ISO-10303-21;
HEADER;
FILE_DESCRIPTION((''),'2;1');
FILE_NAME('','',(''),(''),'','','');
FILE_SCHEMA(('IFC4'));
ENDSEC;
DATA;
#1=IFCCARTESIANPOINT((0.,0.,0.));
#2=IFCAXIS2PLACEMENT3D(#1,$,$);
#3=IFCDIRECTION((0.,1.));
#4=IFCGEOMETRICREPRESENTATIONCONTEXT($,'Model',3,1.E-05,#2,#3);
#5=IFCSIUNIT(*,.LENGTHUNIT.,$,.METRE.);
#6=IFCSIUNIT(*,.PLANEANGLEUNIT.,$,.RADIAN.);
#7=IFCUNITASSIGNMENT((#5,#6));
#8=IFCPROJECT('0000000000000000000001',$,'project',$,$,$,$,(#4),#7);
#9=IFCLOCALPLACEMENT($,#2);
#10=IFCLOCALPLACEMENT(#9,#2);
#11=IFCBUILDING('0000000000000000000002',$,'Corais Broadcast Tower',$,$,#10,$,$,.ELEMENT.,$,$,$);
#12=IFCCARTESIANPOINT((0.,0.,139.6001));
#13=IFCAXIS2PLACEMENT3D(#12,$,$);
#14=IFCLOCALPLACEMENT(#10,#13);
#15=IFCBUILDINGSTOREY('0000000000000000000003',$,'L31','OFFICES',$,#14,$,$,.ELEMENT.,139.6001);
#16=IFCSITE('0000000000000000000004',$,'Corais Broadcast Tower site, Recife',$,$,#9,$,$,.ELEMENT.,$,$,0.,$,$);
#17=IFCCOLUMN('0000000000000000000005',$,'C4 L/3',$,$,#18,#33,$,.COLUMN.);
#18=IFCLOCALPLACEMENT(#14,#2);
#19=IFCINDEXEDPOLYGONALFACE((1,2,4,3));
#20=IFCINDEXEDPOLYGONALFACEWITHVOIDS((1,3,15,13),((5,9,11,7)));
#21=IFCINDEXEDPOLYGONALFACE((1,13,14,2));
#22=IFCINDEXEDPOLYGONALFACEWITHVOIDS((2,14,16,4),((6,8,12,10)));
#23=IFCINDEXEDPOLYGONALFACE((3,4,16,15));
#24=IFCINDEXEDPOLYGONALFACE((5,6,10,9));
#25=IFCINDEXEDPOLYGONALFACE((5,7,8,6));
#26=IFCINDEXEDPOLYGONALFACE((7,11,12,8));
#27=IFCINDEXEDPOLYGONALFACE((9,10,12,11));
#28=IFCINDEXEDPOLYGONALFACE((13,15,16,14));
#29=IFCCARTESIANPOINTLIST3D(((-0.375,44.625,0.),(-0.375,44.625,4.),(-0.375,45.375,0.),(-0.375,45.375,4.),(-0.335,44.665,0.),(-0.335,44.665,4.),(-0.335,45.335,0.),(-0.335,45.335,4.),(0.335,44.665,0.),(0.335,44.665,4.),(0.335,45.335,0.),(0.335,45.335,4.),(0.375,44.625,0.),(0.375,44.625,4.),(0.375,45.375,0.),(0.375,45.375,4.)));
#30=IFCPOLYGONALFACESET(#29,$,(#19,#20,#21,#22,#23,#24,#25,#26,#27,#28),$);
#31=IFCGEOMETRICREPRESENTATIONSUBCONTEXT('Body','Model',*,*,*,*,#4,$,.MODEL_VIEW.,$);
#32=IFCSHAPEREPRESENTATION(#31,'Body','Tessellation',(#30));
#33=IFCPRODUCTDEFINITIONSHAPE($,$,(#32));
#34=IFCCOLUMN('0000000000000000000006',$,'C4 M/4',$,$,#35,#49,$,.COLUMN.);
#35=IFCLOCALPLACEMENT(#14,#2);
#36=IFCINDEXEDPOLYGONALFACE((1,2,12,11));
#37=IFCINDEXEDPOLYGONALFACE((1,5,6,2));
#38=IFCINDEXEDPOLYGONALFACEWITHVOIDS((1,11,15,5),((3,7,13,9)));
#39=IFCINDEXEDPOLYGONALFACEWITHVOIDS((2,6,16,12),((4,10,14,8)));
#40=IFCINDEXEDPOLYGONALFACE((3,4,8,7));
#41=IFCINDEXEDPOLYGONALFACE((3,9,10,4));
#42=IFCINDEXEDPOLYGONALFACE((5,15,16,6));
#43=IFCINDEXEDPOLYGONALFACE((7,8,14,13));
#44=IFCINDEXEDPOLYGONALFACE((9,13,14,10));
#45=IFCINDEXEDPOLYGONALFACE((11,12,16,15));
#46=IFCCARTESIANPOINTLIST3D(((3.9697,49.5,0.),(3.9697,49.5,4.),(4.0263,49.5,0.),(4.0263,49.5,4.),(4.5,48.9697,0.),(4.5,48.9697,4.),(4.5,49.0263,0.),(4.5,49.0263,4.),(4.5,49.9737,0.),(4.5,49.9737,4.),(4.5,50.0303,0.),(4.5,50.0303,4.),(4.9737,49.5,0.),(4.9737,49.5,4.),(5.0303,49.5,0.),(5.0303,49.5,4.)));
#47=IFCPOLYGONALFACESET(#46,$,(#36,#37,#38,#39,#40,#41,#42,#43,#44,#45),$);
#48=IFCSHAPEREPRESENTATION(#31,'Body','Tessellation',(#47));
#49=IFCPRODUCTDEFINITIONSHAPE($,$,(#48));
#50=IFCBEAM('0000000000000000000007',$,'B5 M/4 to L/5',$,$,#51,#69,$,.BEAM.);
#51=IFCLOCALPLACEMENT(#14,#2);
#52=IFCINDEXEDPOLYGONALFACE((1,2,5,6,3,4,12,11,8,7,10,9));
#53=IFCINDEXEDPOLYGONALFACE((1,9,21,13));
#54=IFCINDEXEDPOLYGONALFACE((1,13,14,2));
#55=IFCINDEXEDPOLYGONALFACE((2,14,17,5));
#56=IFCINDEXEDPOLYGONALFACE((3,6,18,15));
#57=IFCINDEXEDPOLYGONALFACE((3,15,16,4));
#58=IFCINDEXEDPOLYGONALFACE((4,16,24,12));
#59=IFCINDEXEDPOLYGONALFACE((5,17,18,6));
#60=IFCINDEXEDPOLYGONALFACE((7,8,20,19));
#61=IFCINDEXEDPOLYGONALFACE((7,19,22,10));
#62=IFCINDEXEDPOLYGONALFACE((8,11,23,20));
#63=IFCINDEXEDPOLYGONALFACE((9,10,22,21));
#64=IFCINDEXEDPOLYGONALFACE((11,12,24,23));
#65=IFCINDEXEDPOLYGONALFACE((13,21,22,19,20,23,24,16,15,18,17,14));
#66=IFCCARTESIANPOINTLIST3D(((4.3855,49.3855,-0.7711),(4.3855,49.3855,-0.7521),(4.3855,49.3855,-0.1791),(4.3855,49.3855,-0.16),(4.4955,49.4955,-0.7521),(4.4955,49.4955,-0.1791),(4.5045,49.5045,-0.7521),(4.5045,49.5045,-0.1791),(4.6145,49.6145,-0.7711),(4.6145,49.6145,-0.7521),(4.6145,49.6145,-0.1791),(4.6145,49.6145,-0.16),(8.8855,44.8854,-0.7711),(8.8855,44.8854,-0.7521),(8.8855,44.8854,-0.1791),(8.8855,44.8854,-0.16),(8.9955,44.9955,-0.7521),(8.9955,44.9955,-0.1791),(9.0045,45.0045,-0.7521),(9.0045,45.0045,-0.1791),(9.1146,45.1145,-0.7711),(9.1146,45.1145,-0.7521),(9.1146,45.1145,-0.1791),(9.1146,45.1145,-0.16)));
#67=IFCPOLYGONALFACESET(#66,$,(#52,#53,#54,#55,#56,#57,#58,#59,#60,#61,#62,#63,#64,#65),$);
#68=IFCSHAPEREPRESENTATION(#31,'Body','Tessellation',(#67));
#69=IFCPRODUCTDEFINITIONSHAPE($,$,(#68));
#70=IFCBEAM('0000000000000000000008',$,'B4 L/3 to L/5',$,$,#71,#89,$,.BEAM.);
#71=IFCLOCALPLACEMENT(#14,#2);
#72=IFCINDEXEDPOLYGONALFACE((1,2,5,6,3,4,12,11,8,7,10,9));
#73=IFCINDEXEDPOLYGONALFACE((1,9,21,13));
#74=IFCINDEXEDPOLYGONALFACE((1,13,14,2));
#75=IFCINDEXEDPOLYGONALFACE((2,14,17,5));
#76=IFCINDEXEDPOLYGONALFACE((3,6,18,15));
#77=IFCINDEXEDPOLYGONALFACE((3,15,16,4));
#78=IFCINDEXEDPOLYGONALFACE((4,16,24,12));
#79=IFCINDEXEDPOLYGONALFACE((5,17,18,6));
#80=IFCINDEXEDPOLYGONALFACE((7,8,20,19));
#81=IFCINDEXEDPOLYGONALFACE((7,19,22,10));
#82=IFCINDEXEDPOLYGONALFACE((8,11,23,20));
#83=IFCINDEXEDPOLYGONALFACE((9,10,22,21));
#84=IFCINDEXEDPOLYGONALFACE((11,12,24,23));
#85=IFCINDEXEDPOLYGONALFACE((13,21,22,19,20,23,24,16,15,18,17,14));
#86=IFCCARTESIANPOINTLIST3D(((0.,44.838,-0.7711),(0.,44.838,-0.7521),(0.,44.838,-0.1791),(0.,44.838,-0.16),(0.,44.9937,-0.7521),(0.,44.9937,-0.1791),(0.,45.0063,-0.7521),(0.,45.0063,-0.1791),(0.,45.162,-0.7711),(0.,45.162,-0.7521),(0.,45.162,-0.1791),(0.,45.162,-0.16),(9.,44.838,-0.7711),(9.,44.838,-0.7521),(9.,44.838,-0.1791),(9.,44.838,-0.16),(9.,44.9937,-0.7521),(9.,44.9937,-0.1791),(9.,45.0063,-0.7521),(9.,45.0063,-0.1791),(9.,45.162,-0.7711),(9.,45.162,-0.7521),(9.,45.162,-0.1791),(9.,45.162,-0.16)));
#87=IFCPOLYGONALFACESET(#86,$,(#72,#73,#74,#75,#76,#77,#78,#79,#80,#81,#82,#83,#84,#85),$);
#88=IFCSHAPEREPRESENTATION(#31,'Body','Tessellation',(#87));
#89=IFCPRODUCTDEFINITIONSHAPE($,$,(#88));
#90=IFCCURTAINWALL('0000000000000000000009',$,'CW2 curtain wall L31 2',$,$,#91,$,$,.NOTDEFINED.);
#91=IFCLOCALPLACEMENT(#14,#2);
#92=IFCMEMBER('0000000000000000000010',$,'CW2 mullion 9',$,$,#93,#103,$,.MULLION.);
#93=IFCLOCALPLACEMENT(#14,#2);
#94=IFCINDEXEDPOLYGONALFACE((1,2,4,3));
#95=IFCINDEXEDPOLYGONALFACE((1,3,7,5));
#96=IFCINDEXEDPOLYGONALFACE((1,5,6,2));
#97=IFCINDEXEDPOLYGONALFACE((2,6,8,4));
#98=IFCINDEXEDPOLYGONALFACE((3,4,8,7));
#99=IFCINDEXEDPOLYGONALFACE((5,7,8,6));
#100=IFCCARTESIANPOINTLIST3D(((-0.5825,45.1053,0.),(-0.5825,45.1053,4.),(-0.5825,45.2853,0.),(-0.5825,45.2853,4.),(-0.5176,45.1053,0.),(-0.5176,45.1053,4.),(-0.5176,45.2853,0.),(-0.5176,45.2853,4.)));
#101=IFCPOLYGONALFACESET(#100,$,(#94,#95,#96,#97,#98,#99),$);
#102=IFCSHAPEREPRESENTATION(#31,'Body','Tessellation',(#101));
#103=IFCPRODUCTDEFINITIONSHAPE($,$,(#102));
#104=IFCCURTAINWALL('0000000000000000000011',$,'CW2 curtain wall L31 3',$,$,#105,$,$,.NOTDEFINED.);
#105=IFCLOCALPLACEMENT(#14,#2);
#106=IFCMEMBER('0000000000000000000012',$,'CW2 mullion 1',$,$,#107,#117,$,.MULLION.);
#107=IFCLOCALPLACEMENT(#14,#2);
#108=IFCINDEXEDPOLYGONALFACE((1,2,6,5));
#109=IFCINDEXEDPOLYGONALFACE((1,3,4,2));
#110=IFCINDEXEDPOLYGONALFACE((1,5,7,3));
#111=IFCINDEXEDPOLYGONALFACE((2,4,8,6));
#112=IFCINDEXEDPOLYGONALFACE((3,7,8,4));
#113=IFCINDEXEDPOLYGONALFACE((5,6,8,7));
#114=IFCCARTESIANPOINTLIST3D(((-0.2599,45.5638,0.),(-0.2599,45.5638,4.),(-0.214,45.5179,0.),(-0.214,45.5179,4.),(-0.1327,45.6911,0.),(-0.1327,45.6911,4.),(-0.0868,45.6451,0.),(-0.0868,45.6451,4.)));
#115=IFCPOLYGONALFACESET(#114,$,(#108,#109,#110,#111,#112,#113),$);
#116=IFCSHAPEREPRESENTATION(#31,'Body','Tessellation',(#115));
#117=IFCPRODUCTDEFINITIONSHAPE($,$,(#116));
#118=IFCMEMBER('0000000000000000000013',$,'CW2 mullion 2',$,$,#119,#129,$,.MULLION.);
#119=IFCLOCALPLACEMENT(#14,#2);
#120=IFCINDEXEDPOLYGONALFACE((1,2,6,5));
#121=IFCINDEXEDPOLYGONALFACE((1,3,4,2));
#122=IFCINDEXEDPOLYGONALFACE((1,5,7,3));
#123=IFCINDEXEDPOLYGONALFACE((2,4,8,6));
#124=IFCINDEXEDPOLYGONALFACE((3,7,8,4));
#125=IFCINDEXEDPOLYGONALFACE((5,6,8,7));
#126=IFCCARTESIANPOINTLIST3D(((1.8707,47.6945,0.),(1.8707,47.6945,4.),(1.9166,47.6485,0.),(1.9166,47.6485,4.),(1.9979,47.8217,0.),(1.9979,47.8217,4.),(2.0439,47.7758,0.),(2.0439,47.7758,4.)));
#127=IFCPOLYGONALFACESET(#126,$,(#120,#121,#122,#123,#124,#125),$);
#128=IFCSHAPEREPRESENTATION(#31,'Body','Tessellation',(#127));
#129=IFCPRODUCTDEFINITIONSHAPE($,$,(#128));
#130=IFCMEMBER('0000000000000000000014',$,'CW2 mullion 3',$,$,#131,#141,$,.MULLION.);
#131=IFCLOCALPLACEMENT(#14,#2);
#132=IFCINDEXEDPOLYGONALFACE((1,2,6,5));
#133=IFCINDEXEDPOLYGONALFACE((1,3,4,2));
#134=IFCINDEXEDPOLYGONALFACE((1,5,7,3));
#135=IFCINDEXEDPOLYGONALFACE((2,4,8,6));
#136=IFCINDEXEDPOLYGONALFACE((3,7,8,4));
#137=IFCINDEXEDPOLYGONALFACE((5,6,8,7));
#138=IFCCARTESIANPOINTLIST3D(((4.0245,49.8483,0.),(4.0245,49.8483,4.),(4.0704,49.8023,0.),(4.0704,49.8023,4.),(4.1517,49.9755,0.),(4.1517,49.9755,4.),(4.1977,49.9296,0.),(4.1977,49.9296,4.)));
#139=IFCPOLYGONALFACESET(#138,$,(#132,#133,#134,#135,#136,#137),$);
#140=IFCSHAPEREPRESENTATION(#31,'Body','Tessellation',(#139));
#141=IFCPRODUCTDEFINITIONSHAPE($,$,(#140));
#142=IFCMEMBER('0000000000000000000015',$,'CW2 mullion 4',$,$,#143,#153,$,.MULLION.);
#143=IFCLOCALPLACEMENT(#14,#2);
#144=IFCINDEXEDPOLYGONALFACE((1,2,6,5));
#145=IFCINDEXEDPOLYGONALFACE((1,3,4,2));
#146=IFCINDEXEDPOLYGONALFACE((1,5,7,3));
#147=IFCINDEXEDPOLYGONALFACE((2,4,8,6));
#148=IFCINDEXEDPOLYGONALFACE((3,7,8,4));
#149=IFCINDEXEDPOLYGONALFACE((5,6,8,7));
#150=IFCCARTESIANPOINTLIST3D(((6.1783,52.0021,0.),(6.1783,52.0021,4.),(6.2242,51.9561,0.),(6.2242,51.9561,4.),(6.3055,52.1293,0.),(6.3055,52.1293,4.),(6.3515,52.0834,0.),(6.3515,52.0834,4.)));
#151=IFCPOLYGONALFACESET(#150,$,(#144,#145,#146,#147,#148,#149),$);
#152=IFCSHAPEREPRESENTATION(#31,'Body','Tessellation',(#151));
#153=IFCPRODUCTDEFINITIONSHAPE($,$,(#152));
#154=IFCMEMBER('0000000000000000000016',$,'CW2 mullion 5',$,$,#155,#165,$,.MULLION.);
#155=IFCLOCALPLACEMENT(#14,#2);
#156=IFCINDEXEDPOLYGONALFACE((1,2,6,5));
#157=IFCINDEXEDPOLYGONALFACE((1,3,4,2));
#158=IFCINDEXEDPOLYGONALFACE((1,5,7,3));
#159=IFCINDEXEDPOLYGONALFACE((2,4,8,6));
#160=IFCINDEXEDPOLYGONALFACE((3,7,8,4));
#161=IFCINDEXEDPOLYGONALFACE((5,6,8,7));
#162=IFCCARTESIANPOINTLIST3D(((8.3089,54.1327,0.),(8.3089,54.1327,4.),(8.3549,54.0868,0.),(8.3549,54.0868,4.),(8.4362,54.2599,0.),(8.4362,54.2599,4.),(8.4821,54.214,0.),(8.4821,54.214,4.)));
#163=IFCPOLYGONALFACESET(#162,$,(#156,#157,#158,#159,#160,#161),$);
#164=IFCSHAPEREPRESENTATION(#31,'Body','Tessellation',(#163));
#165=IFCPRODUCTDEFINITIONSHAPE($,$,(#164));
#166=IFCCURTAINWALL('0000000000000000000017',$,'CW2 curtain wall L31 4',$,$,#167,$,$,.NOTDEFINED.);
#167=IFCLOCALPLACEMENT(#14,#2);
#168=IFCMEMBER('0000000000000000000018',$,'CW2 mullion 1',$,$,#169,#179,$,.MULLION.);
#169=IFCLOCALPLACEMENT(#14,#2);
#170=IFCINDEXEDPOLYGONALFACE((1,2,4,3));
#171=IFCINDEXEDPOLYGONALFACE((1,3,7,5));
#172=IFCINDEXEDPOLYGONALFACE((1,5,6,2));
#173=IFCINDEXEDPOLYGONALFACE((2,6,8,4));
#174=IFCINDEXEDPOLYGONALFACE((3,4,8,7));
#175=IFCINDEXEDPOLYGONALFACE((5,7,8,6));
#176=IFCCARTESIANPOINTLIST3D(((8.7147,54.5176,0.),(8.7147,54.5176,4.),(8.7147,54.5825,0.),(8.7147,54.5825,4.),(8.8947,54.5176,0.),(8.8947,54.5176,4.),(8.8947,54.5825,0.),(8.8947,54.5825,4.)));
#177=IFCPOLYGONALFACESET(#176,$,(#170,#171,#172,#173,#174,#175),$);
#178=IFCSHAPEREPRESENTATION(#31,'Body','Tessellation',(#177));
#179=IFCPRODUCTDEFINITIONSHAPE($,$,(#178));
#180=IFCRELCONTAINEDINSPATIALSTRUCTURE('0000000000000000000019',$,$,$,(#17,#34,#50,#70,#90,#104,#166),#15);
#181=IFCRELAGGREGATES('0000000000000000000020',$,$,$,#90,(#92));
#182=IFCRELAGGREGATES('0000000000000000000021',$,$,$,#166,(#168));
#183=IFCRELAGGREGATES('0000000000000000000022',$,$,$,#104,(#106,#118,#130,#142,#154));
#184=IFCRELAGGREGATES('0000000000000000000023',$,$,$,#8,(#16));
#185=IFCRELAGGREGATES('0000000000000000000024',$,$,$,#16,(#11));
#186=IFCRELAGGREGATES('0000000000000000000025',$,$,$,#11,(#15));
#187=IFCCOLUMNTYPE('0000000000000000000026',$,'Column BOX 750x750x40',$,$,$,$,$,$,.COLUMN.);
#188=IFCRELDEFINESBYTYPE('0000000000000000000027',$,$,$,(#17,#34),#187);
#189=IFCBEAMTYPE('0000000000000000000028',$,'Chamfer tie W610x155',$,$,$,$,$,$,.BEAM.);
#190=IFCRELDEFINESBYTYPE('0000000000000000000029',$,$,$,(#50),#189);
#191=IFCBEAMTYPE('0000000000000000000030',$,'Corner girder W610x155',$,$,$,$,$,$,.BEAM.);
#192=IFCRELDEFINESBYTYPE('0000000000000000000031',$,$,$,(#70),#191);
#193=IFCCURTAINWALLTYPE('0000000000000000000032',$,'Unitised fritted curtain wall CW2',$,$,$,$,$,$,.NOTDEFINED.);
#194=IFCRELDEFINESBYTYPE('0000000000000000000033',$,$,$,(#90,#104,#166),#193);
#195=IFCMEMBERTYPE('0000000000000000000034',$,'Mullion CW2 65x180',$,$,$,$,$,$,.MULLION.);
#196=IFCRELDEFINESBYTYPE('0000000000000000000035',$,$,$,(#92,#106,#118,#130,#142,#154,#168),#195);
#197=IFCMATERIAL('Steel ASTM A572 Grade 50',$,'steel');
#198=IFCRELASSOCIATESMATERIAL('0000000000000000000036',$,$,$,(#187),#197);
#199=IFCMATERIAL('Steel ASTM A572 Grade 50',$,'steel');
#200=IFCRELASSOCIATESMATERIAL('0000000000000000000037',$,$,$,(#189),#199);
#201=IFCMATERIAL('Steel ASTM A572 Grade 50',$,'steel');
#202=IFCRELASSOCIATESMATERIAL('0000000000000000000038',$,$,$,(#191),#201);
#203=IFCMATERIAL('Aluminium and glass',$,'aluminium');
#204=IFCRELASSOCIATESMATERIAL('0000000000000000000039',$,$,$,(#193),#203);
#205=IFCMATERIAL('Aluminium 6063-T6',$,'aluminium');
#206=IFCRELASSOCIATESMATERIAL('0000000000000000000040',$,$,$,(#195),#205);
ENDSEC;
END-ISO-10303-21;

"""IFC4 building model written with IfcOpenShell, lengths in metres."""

from ifc_helpers import new_model, si_unit, direction, frame, origin, origin_2d, place, context, subcontext, project, spatial, rectangle, hollow_rectangle, i_section, extrude, material, material_profile, profile_set, type_object, element, aggregate, save


model = new_model("IFC4")

# Units and contexts
model_context = context("Model", 3, precision=1e-05, world=origin(), true_north=direction((0.0, 1.0)))
body_context = subcontext(model_context, "Body", "Model", "MODEL_VIEW")
ifc_project = project(units=[si_unit("LENGTHUNIT", "METRE"), si_unit("PLANEANGLEUNIT", "RADIAN")], contexts=[model_context])

# Site, building, storey
site_placement = place(None, origin())
site = spatial("IfcSite", under=ifc_project, at=site_placement, Name="Corais Broadcast Tower site, Recife", CompositionType="ELEMENT", RefElevation=0.0)
building_placement = place(site_placement, origin())
building = spatial("IfcBuilding", under=site, at=building_placement, Name="Corais Broadcast Tower", CompositionType="ELEMENT")
storey_placement = place(building_placement, frame((0.0, 0.0, 139.6001)))
storey = spatial("IfcBuildingStorey", under=building, at=storey_placement, Name="L31", Description="OFFICES", CompositionType="ELEMENT", Elevation=139.6001)

# Columns
ifc_material_1 = material(Name="Steel ASTM A572 Grade 50", Category="steel")
ifc_material_profile_1 = material_profile(ifc_material_1, hollow_rectangle(XDim=0.75, YDim=0.75, WallThickness=0.04, at=origin_2d()), Name="BOX 750x750x40")
ifc_profile_set_1 = profile_set([ifc_material_profile_1], Name="Steel ASTM A572 Grade 50")
column_type = type_object("IfcColumnType", Name="Column BOX 750x750x40", PredefinedType="COLUMN", material=ifc_profile_set_1)
for number, where, z_axis, x_axis, name in (
    (1, (0.0, 45.0, 0.0), (0.0, 0.0, 1.0), (1.0, 0.0, 0.0), "C4 L/3"),
    (2, (4.5, 49.5, 0.0), (0.0, 0.0, 1.0), (0.707107, 0.707107, 0.0), "C4 M/4"),
):
    element("IfcColumn", number, at=place(storey_placement, frame(where, z_axis=z_axis, x_axis=x_axis)), inside=storey, type_object=column_type, Name=name, PredefinedType="COLUMN", context=body_context, shape_type="SweptSolid", body=[
        extrude(hollow_rectangle(XDim=0.75, YDim=0.75, WallThickness=0.04, at=origin_2d()), origin(), (0.0, 0.0, 1.0), 4.0),
    ])

# Beams
ifc_material_2 = material(Name="Steel ASTM A572 Grade 50", Category="steel")
ifc_material_profile_2 = material_profile(ifc_material_2, i_section(OverallWidth=0.324, OverallDepth=0.6111, WebThickness=0.0127, FlangeThickness=0.019, at=origin_2d()), Name="W610x155")
ifc_profile_set_2 = profile_set([ifc_material_profile_2], Name="Steel ASTM A572 Grade 50")
beam_type_1 = type_object("IfcBeamType", Name="Chamfer tie W610x155", PredefinedType="BEAM", material=ifc_profile_set_2)
beam_1_placement = place(storey_placement, frame((4.5, 49.5, -0.4656), z_axis=(0.707107, -0.707107, 0.0), x_axis=(0.707107, 0.707107, 0.0)))
element("IfcBeam", 3, at=beam_1_placement, inside=storey, type_object=beam_type_1, Name="B5 M/4 to L/5", PredefinedType="BEAM", context=body_context, shape_type="SweptSolid", body=[
    extrude(i_section(OverallWidth=0.324, OverallDepth=0.6111, WebThickness=0.0127, FlangeThickness=0.019, at=origin_2d()), origin(), (0.0, 0.0, 1.0), 6.364),
])
ifc_material_3 = material(Name="Steel ASTM A572 Grade 50", Category="steel")
ifc_material_profile_3 = material_profile(ifc_material_3, i_section(OverallWidth=0.324, OverallDepth=0.6111, WebThickness=0.0127, FlangeThickness=0.019, at=origin_2d()), Name="W610x155")
ifc_profile_set_3 = profile_set([ifc_material_profile_3], Name="Steel ASTM A572 Grade 50")
beam_type_2 = type_object("IfcBeamType", Name="Corner girder W610x155", PredefinedType="BEAM", material=ifc_profile_set_3)
beam_2_placement = place(storey_placement, frame((0.0, 45.0, -0.4656), z_axis=(1.0, 0.0, 0.0), x_axis=(0.0, 1.0, 0.0)))
element("IfcBeam", 4, at=beam_2_placement, inside=storey, type_object=beam_type_2, Name="B4 L/3 to L/5", PredefinedType="BEAM", context=body_context, shape_type="SweptSolid", body=[
    extrude(i_section(OverallWidth=0.324, OverallDepth=0.6111, WebThickness=0.0127, FlangeThickness=0.019, at=origin_2d()), origin(), (0.0, 0.0, 1.0), 9.0),
])

# Curtain wall, member
ifc_material_4 = material(Name="Aluminium and glass", Category="aluminium")
curtain_wall_type = type_object("IfcCurtainWallType", Name="Unitised fritted curtain wall CW2", PredefinedType="NOTDEFINED", material=ifc_material_4)
curtain_wall_1_placement = place(storey_placement, origin())
curtain_wall_1 = element("IfcCurtainWall", 5, at=curtain_wall_1_placement, inside=storey, type_object=curtain_wall_type, Name="CW2 curtain wall L31 2", PredefinedType="NOTDEFINED")
ifc_material_5 = material(Name="Aluminium 6063-T6", Category="aluminium")
ifc_material_profile_4 = material_profile(ifc_material_5, rectangle(XDim=0.0649, YDim=0.1799, at=origin_2d()), Name="Mullion CW2 65x180")
ifc_profile_set_4 = profile_set([ifc_material_profile_4], Name="Aluminium 6063-T6")
member_type_1 = type_object("IfcMemberType", Name="Mullion CW2 65x180", PredefinedType="MULLION", material=ifc_profile_set_4)
member_1_placement = place(storey_placement, frame((-0.55, 45.1953, 0.0), z_axis=(0.0, 0.0, 1.0), x_axis=(-1.0, 0.0, 0.0)))
member_1 = element("IfcMember", 6, at=member_1_placement, type_object=member_type_1, Name="CW2 mullion 9", PredefinedType="MULLION", context=body_context, shape_type="SweptSolid", body=[
    extrude(rectangle(XDim=0.0649, YDim=0.1799, at=origin_2d()), origin(), (0.0, 0.0, 1.0), 4.0),
])
aggregate(curtain_wall_1, [member_1])

# Curtain wall, members
curtain_wall_2_placement = place(storey_placement, origin())
curtain_wall_2 = element("IfcCurtainWall", 7, at=curtain_wall_2_placement, inside=storey, type_object=curtain_wall_type, Name="CW2 curtain wall L31 3", PredefinedType="NOTDEFINED")
member_2_placement = place(storey_placement, frame((-0.1733, 45.6045, 0.0), z_axis=(0.0, 0.0, 1.0), x_axis=(-0.707107, 0.707107, 0.0)))
member_2 = element("IfcMember", 8, at=member_2_placement, type_object=member_type_1, Name="CW2 mullion 1", PredefinedType="MULLION", context=body_context, shape_type="SweptSolid", body=[
    extrude(rectangle(XDim=0.0649, YDim=0.1799, at=origin_2d()), origin(), (0.0, 0.0, 1.0), 4.0),
])
member_3_placement = place(storey_placement, frame((1.9573, 47.7351, 0.0), z_axis=(0.0, 0.0, 1.0), x_axis=(-0.707107, 0.707107, 0.0)))
member_3 = element("IfcMember", 9, at=member_3_placement, type_object=member_type_1, Name="CW2 mullion 2", PredefinedType="MULLION", context=body_context, shape_type="SweptSolid", body=[
    extrude(rectangle(XDim=0.0649, YDim=0.1799, at=origin_2d()), origin(), (0.0, 0.0, 1.0), 4.0),
])
member_4_placement = place(storey_placement, frame((4.1111, 49.8889, 0.0), z_axis=(0.0, 0.0, 1.0), x_axis=(-0.707107, 0.707107, 0.0)))
member_4 = element("IfcMember", 10, at=member_4_placement, type_object=member_type_1, Name="CW2 mullion 3", PredefinedType="MULLION", context=body_context, shape_type="SweptSolid", body=[
    extrude(rectangle(XDim=0.0649, YDim=0.1799, at=origin_2d()), origin(), (0.0, 0.0, 1.0), 4.0),
])
member_5_placement = place(storey_placement, frame((6.2649, 52.0427, 0.0), z_axis=(0.0, 0.0, 1.0), x_axis=(-0.707107, 0.707107, 0.0)))
member_5 = element("IfcMember", 11, at=member_5_placement, type_object=member_type_1, Name="CW2 mullion 4", PredefinedType="MULLION", context=body_context, shape_type="SweptSolid", body=[
    extrude(rectangle(XDim=0.0649, YDim=0.1799, at=origin_2d()), origin(), (0.0, 0.0, 1.0), 4.0),
])
member_6_placement = place(storey_placement, frame((8.3955, 54.1733, 0.0), z_axis=(0.0, 0.0, 1.0), x_axis=(-0.707107, 0.707107, 0.0)))
member_6 = element("IfcMember", 12, at=member_6_placement, type_object=member_type_1, Name="CW2 mullion 5", PredefinedType="MULLION", context=body_context, shape_type="SweptSolid", body=[
    extrude(rectangle(XDim=0.0649, YDim=0.1799, at=origin_2d()), origin(), (0.0, 0.0, 1.0), 4.0),
])

# Curtain wall, member
curtain_wall_3_placement = place(storey_placement, origin())
curtain_wall_3 = element("IfcCurtainWall", 13, at=curtain_wall_3_placement, inside=storey, type_object=curtain_wall_type, Name="CW2 curtain wall L31 4", PredefinedType="NOTDEFINED")
member_7_placement = place(storey_placement, frame((8.8047, 54.55, 0.0), z_axis=(0.0, 0.0, 1.0), x_axis=(0.0, 1.0, 0.0)))
member_7 = element("IfcMember", 14, at=member_7_placement, type_object=member_type_1, Name="CW2 mullion 1", PredefinedType="MULLION", context=body_context, shape_type="SweptSolid", body=[
    extrude(rectangle(XDim=0.0649, YDim=0.1799, at=origin_2d()), origin(), (0.0, 0.0, 1.0), 4.0),
])

aggregate(curtain_wall_3, [member_7])

aggregate(curtain_wall_2, [member_2, member_3, member_4, member_5, member_6])

save(model, "model.ifc")
